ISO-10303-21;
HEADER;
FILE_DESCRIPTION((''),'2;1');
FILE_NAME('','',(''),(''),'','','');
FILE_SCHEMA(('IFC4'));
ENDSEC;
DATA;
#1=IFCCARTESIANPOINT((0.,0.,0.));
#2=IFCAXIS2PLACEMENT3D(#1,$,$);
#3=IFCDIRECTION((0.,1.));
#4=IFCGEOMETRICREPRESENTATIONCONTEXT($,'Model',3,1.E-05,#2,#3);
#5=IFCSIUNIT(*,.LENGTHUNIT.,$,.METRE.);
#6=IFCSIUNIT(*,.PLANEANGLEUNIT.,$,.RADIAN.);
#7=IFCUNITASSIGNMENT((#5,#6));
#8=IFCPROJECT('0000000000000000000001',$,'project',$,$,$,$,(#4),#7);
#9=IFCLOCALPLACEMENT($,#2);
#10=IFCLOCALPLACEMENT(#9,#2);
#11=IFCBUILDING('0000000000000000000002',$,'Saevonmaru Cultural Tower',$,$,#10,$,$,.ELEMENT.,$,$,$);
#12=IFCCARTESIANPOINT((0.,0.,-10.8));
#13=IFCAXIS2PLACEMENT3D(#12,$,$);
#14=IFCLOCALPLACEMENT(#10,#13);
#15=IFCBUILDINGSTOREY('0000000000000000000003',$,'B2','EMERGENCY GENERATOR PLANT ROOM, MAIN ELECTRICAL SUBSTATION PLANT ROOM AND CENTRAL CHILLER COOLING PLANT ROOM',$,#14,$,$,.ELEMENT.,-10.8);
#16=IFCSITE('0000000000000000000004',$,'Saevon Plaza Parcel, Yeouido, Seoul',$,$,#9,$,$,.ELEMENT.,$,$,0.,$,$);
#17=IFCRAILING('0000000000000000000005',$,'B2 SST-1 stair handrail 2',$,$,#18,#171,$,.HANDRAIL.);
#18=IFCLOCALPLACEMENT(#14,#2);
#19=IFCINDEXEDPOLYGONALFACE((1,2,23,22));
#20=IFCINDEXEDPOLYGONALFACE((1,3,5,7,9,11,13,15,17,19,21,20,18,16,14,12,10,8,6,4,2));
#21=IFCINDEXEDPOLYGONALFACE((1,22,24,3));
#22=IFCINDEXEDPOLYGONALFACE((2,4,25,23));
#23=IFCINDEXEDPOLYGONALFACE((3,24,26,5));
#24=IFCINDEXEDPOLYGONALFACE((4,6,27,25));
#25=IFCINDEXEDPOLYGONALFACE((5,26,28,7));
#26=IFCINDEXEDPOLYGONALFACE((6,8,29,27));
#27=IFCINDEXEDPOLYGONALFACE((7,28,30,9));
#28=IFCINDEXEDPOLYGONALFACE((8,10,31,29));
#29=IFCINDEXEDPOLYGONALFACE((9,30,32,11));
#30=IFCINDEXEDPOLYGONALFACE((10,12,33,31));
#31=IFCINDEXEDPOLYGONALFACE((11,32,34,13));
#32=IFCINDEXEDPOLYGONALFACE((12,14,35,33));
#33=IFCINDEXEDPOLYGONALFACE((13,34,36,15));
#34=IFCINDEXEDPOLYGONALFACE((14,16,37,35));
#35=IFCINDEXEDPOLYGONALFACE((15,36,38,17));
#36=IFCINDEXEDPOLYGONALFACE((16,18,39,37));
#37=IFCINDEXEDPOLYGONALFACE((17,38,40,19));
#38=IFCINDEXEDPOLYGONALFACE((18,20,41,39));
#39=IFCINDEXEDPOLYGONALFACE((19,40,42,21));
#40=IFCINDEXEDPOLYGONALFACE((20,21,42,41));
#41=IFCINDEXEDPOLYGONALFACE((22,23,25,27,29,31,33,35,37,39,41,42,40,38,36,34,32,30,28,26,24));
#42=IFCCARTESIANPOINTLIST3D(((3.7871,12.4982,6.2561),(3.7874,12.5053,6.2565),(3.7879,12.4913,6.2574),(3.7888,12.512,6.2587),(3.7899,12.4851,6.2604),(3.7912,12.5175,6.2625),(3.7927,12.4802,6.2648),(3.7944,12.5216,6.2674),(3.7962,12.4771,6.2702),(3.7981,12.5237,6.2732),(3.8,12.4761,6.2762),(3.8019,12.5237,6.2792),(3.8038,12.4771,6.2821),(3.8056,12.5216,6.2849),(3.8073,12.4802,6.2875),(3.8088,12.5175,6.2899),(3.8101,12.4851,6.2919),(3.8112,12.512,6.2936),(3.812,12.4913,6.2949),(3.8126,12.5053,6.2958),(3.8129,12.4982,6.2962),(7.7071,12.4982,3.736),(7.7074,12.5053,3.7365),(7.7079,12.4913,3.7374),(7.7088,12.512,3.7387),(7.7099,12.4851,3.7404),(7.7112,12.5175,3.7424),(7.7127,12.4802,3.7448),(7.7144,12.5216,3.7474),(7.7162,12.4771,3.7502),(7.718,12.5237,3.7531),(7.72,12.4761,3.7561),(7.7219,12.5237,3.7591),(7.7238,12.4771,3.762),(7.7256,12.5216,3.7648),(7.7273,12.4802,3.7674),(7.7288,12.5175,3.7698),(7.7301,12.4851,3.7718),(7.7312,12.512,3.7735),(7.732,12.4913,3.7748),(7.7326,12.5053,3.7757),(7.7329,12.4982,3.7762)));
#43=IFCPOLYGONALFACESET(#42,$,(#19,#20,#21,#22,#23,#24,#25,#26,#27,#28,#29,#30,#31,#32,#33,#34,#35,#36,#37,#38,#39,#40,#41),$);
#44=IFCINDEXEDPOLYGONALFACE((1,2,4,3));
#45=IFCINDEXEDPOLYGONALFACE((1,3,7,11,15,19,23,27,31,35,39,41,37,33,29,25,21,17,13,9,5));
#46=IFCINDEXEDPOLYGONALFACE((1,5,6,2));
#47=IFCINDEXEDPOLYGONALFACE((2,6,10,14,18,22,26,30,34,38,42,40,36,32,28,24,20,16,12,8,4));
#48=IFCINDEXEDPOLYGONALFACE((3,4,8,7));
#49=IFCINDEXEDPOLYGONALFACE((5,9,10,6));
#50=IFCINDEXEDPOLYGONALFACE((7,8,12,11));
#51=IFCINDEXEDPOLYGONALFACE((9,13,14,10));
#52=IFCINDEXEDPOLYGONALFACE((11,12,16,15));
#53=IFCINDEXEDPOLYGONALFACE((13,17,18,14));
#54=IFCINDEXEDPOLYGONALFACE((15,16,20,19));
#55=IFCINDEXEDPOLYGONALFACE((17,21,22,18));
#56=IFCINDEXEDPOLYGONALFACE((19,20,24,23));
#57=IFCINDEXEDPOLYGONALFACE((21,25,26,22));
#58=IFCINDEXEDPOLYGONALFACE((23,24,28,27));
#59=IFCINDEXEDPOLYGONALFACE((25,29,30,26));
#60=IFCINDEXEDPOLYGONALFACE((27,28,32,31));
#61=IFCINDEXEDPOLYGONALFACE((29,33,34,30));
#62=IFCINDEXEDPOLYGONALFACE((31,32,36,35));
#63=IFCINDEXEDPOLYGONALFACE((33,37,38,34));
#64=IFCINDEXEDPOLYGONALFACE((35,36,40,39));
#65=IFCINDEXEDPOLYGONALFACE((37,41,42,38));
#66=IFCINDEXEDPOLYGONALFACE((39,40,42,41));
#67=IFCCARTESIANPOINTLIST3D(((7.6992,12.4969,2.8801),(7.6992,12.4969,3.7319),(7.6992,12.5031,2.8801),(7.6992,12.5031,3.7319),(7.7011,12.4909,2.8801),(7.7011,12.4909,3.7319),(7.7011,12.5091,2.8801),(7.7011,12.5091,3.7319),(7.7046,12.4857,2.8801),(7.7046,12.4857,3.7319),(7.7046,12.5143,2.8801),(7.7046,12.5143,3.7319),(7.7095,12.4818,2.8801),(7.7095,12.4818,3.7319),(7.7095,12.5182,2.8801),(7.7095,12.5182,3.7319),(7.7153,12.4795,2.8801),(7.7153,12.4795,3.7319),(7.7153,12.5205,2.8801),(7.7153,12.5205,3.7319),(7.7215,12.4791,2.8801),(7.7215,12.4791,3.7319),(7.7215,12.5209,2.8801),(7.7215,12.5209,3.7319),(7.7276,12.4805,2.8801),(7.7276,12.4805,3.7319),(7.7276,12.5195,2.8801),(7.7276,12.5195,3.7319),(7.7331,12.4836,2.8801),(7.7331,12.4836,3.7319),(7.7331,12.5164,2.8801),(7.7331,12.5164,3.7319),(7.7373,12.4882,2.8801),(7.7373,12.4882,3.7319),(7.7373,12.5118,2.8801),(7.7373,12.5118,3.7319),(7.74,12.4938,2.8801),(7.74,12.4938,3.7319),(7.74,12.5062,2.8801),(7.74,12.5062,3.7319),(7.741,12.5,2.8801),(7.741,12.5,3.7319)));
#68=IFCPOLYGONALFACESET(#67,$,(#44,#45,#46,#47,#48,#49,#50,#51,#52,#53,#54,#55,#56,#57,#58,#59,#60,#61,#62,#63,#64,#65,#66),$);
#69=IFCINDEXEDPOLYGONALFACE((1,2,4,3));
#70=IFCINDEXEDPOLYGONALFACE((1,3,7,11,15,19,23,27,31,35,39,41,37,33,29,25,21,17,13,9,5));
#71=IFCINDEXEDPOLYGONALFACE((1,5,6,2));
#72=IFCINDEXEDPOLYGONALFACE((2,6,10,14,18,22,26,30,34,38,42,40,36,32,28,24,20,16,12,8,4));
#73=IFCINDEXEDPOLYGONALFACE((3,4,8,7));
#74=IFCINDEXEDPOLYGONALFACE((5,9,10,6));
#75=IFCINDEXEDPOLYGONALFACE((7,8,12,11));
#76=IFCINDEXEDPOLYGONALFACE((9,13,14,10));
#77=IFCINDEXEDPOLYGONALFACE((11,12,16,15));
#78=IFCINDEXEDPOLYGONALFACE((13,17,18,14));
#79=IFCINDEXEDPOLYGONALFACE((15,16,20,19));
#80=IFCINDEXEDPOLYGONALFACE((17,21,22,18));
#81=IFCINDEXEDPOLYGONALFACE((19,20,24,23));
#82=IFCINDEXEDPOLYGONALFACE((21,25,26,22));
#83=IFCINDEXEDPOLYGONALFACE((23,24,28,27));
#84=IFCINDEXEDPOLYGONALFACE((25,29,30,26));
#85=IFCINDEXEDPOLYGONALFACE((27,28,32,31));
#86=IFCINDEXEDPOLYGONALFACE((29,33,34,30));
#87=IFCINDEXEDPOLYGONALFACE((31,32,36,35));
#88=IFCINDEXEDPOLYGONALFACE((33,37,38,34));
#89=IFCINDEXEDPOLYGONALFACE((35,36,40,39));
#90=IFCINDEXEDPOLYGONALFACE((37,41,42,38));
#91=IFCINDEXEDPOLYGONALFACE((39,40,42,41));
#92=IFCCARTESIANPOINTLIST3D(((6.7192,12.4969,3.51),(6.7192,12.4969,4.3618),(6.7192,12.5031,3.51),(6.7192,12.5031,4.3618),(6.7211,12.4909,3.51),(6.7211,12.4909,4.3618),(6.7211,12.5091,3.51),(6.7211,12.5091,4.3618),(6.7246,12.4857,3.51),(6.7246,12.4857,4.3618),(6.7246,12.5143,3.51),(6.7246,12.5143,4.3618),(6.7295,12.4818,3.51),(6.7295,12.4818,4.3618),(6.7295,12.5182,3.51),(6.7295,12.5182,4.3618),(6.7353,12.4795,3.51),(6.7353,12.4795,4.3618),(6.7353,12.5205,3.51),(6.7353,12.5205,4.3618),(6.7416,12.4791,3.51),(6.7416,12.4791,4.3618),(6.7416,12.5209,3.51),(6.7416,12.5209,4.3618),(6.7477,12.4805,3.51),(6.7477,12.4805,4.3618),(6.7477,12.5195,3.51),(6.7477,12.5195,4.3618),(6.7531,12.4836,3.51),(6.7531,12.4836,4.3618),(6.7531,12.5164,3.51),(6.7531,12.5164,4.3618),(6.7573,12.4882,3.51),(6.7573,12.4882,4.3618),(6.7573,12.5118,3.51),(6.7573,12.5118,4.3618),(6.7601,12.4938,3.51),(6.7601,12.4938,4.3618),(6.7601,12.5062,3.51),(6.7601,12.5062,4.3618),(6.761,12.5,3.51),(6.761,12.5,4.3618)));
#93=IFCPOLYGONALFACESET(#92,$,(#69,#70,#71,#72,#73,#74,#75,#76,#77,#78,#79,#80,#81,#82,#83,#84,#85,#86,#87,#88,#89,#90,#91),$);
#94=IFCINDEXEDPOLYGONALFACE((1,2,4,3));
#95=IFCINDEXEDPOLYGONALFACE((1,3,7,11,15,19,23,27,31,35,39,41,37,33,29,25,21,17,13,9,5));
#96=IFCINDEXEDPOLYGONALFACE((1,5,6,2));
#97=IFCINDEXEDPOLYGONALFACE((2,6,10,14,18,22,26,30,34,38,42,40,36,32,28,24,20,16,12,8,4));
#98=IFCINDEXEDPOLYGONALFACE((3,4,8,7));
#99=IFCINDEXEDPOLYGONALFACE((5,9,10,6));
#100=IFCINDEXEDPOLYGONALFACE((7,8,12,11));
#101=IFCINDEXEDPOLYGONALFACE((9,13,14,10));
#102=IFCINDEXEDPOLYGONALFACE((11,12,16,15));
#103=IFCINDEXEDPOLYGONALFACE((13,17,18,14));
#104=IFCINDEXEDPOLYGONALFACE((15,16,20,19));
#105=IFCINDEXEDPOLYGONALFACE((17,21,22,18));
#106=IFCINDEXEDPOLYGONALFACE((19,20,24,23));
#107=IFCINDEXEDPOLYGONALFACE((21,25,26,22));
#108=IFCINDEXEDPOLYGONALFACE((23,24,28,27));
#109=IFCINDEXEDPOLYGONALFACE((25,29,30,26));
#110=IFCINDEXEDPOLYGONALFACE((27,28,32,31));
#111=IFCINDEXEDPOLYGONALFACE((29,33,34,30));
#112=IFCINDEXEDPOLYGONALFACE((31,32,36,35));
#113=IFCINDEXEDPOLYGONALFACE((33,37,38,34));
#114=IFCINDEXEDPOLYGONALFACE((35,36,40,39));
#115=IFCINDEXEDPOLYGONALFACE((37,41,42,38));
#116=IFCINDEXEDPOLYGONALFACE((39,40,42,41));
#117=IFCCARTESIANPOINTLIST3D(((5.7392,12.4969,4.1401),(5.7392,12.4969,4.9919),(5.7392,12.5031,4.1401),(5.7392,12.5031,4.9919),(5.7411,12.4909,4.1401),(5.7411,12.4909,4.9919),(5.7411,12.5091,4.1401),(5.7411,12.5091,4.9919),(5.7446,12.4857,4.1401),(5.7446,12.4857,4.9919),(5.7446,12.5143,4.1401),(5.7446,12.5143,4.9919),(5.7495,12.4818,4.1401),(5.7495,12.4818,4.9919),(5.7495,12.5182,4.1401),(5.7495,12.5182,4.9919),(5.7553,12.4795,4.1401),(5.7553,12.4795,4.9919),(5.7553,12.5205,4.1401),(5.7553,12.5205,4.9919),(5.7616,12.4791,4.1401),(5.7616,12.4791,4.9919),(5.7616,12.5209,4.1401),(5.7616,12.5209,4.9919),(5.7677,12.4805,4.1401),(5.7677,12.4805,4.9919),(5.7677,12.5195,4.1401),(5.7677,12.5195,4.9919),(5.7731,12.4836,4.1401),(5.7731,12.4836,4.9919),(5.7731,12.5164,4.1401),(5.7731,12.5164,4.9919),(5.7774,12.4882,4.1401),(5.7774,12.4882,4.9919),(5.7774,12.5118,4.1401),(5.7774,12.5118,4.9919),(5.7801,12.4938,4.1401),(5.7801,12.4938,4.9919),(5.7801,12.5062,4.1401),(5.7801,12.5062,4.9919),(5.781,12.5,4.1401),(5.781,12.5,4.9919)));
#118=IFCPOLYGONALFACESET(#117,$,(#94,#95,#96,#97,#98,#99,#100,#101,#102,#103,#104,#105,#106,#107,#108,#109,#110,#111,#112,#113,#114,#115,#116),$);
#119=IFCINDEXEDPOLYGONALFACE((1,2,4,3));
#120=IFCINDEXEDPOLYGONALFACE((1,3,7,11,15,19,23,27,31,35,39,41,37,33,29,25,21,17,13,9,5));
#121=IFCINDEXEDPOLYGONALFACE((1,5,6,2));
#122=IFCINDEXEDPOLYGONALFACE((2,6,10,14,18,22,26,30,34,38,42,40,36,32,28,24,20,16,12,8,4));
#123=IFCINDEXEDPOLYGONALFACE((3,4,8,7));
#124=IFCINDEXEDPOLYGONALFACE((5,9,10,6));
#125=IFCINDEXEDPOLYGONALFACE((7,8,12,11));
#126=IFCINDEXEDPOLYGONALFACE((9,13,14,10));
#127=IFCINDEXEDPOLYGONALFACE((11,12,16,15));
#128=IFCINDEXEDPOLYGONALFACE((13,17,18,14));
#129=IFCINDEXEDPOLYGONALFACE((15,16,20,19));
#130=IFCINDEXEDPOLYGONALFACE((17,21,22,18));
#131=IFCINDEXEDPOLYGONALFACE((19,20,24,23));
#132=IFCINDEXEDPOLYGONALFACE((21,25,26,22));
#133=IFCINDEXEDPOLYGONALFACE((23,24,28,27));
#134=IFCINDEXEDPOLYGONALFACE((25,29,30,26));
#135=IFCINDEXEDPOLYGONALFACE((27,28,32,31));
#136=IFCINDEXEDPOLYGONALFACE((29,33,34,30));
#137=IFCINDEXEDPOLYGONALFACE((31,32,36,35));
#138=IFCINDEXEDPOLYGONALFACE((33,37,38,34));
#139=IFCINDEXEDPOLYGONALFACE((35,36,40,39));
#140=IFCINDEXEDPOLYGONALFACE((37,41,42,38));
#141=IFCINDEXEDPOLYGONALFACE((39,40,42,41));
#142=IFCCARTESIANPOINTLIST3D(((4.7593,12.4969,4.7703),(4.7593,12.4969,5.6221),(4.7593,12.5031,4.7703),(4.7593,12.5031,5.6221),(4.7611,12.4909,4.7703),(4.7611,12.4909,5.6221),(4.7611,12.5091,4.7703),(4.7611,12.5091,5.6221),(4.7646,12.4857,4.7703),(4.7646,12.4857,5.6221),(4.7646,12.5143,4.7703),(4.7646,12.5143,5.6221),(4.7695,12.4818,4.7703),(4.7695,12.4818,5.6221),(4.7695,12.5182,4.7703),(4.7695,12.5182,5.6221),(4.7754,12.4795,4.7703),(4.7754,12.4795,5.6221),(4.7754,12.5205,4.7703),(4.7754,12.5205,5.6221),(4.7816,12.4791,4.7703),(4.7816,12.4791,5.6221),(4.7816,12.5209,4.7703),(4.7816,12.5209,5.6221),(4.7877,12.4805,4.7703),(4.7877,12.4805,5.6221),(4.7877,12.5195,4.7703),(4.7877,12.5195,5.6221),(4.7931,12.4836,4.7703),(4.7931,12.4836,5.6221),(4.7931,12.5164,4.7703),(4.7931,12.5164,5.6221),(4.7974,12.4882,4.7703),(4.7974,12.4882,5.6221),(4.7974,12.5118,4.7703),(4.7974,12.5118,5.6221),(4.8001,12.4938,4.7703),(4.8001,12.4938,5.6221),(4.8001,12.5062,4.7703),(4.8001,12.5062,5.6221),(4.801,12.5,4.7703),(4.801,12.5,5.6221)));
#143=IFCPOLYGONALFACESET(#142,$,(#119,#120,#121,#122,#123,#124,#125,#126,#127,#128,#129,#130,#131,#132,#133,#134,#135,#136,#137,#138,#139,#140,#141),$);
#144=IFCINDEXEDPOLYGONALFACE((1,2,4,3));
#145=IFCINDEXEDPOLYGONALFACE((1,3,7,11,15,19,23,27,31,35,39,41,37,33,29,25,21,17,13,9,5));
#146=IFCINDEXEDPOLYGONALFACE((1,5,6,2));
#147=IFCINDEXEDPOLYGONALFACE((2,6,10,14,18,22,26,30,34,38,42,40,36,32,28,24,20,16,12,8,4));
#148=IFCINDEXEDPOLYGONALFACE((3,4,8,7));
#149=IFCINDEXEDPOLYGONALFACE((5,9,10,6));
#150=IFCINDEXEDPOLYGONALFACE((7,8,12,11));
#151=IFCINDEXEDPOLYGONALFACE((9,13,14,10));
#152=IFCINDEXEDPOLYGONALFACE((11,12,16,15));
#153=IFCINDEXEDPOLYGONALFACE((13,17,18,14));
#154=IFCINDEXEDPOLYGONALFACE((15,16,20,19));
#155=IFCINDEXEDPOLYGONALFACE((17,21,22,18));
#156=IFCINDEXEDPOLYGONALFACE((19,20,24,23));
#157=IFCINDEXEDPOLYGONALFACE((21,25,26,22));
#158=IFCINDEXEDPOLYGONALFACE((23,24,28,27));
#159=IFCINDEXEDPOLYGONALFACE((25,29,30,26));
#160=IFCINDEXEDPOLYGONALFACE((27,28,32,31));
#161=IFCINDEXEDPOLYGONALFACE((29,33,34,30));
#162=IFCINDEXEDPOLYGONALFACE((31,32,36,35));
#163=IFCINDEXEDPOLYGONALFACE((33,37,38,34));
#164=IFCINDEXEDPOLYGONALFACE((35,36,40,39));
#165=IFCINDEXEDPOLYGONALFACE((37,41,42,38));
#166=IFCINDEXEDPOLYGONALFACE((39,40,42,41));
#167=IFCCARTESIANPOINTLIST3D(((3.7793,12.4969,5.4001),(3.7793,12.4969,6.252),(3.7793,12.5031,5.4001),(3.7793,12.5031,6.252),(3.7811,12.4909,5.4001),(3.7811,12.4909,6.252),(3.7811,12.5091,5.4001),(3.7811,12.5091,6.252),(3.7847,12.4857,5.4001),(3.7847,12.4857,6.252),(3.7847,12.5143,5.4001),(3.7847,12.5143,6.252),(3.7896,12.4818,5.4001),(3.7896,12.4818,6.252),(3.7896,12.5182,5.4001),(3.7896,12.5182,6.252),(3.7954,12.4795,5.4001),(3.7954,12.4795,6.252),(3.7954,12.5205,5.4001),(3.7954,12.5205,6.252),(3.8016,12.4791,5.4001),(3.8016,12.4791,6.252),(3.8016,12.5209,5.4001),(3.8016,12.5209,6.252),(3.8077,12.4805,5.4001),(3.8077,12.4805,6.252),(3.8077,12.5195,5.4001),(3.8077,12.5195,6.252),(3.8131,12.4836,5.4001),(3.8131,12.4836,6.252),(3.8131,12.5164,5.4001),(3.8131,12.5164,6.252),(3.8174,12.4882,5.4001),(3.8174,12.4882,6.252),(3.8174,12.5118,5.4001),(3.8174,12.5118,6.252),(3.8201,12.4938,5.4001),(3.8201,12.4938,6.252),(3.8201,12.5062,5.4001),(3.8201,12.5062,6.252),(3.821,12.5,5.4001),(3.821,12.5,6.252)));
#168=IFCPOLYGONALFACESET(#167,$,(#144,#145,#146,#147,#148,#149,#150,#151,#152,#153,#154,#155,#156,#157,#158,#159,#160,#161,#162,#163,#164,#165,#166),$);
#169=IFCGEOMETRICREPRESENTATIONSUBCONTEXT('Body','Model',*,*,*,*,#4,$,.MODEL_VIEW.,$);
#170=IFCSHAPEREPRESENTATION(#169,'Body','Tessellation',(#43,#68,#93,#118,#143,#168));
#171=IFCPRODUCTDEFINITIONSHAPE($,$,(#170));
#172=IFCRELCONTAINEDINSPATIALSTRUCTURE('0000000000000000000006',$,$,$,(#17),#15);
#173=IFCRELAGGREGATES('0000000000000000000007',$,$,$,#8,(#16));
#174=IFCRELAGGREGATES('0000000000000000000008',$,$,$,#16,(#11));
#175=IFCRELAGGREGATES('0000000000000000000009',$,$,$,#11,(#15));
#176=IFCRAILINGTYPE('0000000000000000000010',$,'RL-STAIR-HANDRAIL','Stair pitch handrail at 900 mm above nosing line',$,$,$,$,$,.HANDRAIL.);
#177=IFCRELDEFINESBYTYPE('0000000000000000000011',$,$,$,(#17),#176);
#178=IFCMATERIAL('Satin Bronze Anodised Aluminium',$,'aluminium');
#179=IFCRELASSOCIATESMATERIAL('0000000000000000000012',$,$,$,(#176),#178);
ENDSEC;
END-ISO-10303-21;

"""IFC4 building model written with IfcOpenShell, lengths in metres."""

from ifc_helpers import new_model, si_unit, direction, frame, origin, origin_2d, place, context, subcontext, project, spatial, circle, extrude, material, type_object, element, save


model = new_model("IFC4")

# Units and contexts
model_context = context("Model", 3, precision=1e-05, world=origin(), true_north=direction((0.0, 1.0)))
body_context = subcontext(model_context, "Body", "Model", "MODEL_VIEW")
ifc_project = project(units=[si_unit("LENGTHUNIT", "METRE"), si_unit("PLANEANGLEUNIT", "RADIAN")], contexts=[model_context])

# Site, building, storey
site_placement = place(None, origin())
site = spatial("IfcSite", under=ifc_project, at=site_placement, Name="Saevon Plaza Parcel, Yeouido, Seoul", CompositionType="ELEMENT", RefElevation=0.0)
building_placement = place(site_placement, origin())
building = spatial("IfcBuilding", under=site, at=building_placement, Name="Saevonmaru Cultural Tower", CompositionType="ELEMENT")
storey_placement = place(building_placement, frame((0.0, 0.0, -10.8)))
storey = spatial("IfcBuildingStorey", under=building, at=storey_placement, Name="B2", Description="EMERGENCY GENERATOR PLANT ROOM, MAIN ELECTRICAL SUBSTATION PLANT ROOM AND CENTRAL CHILLER COOLING PLANT ROOM", CompositionType="ELEMENT", Elevation=-10.8)

# Railing
ifc_material_1 = material(Name="Satin Bronze Anodised Aluminium", Category="aluminium")
railing_type_1 = type_object("IfcRailingType", Name="RL-STAIR-HANDRAIL", Description="Stair pitch handrail at 900 mm above nosing line", PredefinedType="HANDRAIL", material=ifc_material_1)
railing_1_placement = place(storey_placement, frame((7.72, 12.5, 2.8801)))
element("IfcRailing", 1, at=railing_1_placement, inside=storey, type_object=railing_type_1, Name="B2 SST-1 stair handrail 2", PredefinedType="HANDRAIL", context=body_context, shape_type="SweptSolid", body=[
    extrude(circle(Radius=0.0239, at=origin_2d()), frame((0.0, 0.0, 0.876), z_axis=(-0.841172, 0.0, 0.540768), x_axis=(0.0, -1.0, 0.0)), (0.0, 0.0, 1.0), 4.6602),
    extrude(circle(Radius=0.021, at=origin_2d()), origin(), (0.0, 0.0, 1.0), 0.8518),
    extrude(circle(Radius=0.021, at=origin_2d()), frame((-0.98, 0.0, 0.6299)), (0.0, 0.0, 1.0), 0.8518),
    extrude(circle(Radius=0.021, at=origin_2d()), frame((-1.96, 0.0, 1.26)), (0.0, 0.0, 1.0), 0.8518),
    extrude(circle(Radius=0.021, at=origin_2d()), frame((-2.9399, 0.0, 1.8901)), (0.0, 0.0, 1.0), 0.8518),
    extrude(circle(Radius=0.021, at=origin_2d()), frame((-3.9199, 0.0, 2.52)), (0.0, 0.0, 1.0), 0.8518),
])

save(model, "model.ifc")
